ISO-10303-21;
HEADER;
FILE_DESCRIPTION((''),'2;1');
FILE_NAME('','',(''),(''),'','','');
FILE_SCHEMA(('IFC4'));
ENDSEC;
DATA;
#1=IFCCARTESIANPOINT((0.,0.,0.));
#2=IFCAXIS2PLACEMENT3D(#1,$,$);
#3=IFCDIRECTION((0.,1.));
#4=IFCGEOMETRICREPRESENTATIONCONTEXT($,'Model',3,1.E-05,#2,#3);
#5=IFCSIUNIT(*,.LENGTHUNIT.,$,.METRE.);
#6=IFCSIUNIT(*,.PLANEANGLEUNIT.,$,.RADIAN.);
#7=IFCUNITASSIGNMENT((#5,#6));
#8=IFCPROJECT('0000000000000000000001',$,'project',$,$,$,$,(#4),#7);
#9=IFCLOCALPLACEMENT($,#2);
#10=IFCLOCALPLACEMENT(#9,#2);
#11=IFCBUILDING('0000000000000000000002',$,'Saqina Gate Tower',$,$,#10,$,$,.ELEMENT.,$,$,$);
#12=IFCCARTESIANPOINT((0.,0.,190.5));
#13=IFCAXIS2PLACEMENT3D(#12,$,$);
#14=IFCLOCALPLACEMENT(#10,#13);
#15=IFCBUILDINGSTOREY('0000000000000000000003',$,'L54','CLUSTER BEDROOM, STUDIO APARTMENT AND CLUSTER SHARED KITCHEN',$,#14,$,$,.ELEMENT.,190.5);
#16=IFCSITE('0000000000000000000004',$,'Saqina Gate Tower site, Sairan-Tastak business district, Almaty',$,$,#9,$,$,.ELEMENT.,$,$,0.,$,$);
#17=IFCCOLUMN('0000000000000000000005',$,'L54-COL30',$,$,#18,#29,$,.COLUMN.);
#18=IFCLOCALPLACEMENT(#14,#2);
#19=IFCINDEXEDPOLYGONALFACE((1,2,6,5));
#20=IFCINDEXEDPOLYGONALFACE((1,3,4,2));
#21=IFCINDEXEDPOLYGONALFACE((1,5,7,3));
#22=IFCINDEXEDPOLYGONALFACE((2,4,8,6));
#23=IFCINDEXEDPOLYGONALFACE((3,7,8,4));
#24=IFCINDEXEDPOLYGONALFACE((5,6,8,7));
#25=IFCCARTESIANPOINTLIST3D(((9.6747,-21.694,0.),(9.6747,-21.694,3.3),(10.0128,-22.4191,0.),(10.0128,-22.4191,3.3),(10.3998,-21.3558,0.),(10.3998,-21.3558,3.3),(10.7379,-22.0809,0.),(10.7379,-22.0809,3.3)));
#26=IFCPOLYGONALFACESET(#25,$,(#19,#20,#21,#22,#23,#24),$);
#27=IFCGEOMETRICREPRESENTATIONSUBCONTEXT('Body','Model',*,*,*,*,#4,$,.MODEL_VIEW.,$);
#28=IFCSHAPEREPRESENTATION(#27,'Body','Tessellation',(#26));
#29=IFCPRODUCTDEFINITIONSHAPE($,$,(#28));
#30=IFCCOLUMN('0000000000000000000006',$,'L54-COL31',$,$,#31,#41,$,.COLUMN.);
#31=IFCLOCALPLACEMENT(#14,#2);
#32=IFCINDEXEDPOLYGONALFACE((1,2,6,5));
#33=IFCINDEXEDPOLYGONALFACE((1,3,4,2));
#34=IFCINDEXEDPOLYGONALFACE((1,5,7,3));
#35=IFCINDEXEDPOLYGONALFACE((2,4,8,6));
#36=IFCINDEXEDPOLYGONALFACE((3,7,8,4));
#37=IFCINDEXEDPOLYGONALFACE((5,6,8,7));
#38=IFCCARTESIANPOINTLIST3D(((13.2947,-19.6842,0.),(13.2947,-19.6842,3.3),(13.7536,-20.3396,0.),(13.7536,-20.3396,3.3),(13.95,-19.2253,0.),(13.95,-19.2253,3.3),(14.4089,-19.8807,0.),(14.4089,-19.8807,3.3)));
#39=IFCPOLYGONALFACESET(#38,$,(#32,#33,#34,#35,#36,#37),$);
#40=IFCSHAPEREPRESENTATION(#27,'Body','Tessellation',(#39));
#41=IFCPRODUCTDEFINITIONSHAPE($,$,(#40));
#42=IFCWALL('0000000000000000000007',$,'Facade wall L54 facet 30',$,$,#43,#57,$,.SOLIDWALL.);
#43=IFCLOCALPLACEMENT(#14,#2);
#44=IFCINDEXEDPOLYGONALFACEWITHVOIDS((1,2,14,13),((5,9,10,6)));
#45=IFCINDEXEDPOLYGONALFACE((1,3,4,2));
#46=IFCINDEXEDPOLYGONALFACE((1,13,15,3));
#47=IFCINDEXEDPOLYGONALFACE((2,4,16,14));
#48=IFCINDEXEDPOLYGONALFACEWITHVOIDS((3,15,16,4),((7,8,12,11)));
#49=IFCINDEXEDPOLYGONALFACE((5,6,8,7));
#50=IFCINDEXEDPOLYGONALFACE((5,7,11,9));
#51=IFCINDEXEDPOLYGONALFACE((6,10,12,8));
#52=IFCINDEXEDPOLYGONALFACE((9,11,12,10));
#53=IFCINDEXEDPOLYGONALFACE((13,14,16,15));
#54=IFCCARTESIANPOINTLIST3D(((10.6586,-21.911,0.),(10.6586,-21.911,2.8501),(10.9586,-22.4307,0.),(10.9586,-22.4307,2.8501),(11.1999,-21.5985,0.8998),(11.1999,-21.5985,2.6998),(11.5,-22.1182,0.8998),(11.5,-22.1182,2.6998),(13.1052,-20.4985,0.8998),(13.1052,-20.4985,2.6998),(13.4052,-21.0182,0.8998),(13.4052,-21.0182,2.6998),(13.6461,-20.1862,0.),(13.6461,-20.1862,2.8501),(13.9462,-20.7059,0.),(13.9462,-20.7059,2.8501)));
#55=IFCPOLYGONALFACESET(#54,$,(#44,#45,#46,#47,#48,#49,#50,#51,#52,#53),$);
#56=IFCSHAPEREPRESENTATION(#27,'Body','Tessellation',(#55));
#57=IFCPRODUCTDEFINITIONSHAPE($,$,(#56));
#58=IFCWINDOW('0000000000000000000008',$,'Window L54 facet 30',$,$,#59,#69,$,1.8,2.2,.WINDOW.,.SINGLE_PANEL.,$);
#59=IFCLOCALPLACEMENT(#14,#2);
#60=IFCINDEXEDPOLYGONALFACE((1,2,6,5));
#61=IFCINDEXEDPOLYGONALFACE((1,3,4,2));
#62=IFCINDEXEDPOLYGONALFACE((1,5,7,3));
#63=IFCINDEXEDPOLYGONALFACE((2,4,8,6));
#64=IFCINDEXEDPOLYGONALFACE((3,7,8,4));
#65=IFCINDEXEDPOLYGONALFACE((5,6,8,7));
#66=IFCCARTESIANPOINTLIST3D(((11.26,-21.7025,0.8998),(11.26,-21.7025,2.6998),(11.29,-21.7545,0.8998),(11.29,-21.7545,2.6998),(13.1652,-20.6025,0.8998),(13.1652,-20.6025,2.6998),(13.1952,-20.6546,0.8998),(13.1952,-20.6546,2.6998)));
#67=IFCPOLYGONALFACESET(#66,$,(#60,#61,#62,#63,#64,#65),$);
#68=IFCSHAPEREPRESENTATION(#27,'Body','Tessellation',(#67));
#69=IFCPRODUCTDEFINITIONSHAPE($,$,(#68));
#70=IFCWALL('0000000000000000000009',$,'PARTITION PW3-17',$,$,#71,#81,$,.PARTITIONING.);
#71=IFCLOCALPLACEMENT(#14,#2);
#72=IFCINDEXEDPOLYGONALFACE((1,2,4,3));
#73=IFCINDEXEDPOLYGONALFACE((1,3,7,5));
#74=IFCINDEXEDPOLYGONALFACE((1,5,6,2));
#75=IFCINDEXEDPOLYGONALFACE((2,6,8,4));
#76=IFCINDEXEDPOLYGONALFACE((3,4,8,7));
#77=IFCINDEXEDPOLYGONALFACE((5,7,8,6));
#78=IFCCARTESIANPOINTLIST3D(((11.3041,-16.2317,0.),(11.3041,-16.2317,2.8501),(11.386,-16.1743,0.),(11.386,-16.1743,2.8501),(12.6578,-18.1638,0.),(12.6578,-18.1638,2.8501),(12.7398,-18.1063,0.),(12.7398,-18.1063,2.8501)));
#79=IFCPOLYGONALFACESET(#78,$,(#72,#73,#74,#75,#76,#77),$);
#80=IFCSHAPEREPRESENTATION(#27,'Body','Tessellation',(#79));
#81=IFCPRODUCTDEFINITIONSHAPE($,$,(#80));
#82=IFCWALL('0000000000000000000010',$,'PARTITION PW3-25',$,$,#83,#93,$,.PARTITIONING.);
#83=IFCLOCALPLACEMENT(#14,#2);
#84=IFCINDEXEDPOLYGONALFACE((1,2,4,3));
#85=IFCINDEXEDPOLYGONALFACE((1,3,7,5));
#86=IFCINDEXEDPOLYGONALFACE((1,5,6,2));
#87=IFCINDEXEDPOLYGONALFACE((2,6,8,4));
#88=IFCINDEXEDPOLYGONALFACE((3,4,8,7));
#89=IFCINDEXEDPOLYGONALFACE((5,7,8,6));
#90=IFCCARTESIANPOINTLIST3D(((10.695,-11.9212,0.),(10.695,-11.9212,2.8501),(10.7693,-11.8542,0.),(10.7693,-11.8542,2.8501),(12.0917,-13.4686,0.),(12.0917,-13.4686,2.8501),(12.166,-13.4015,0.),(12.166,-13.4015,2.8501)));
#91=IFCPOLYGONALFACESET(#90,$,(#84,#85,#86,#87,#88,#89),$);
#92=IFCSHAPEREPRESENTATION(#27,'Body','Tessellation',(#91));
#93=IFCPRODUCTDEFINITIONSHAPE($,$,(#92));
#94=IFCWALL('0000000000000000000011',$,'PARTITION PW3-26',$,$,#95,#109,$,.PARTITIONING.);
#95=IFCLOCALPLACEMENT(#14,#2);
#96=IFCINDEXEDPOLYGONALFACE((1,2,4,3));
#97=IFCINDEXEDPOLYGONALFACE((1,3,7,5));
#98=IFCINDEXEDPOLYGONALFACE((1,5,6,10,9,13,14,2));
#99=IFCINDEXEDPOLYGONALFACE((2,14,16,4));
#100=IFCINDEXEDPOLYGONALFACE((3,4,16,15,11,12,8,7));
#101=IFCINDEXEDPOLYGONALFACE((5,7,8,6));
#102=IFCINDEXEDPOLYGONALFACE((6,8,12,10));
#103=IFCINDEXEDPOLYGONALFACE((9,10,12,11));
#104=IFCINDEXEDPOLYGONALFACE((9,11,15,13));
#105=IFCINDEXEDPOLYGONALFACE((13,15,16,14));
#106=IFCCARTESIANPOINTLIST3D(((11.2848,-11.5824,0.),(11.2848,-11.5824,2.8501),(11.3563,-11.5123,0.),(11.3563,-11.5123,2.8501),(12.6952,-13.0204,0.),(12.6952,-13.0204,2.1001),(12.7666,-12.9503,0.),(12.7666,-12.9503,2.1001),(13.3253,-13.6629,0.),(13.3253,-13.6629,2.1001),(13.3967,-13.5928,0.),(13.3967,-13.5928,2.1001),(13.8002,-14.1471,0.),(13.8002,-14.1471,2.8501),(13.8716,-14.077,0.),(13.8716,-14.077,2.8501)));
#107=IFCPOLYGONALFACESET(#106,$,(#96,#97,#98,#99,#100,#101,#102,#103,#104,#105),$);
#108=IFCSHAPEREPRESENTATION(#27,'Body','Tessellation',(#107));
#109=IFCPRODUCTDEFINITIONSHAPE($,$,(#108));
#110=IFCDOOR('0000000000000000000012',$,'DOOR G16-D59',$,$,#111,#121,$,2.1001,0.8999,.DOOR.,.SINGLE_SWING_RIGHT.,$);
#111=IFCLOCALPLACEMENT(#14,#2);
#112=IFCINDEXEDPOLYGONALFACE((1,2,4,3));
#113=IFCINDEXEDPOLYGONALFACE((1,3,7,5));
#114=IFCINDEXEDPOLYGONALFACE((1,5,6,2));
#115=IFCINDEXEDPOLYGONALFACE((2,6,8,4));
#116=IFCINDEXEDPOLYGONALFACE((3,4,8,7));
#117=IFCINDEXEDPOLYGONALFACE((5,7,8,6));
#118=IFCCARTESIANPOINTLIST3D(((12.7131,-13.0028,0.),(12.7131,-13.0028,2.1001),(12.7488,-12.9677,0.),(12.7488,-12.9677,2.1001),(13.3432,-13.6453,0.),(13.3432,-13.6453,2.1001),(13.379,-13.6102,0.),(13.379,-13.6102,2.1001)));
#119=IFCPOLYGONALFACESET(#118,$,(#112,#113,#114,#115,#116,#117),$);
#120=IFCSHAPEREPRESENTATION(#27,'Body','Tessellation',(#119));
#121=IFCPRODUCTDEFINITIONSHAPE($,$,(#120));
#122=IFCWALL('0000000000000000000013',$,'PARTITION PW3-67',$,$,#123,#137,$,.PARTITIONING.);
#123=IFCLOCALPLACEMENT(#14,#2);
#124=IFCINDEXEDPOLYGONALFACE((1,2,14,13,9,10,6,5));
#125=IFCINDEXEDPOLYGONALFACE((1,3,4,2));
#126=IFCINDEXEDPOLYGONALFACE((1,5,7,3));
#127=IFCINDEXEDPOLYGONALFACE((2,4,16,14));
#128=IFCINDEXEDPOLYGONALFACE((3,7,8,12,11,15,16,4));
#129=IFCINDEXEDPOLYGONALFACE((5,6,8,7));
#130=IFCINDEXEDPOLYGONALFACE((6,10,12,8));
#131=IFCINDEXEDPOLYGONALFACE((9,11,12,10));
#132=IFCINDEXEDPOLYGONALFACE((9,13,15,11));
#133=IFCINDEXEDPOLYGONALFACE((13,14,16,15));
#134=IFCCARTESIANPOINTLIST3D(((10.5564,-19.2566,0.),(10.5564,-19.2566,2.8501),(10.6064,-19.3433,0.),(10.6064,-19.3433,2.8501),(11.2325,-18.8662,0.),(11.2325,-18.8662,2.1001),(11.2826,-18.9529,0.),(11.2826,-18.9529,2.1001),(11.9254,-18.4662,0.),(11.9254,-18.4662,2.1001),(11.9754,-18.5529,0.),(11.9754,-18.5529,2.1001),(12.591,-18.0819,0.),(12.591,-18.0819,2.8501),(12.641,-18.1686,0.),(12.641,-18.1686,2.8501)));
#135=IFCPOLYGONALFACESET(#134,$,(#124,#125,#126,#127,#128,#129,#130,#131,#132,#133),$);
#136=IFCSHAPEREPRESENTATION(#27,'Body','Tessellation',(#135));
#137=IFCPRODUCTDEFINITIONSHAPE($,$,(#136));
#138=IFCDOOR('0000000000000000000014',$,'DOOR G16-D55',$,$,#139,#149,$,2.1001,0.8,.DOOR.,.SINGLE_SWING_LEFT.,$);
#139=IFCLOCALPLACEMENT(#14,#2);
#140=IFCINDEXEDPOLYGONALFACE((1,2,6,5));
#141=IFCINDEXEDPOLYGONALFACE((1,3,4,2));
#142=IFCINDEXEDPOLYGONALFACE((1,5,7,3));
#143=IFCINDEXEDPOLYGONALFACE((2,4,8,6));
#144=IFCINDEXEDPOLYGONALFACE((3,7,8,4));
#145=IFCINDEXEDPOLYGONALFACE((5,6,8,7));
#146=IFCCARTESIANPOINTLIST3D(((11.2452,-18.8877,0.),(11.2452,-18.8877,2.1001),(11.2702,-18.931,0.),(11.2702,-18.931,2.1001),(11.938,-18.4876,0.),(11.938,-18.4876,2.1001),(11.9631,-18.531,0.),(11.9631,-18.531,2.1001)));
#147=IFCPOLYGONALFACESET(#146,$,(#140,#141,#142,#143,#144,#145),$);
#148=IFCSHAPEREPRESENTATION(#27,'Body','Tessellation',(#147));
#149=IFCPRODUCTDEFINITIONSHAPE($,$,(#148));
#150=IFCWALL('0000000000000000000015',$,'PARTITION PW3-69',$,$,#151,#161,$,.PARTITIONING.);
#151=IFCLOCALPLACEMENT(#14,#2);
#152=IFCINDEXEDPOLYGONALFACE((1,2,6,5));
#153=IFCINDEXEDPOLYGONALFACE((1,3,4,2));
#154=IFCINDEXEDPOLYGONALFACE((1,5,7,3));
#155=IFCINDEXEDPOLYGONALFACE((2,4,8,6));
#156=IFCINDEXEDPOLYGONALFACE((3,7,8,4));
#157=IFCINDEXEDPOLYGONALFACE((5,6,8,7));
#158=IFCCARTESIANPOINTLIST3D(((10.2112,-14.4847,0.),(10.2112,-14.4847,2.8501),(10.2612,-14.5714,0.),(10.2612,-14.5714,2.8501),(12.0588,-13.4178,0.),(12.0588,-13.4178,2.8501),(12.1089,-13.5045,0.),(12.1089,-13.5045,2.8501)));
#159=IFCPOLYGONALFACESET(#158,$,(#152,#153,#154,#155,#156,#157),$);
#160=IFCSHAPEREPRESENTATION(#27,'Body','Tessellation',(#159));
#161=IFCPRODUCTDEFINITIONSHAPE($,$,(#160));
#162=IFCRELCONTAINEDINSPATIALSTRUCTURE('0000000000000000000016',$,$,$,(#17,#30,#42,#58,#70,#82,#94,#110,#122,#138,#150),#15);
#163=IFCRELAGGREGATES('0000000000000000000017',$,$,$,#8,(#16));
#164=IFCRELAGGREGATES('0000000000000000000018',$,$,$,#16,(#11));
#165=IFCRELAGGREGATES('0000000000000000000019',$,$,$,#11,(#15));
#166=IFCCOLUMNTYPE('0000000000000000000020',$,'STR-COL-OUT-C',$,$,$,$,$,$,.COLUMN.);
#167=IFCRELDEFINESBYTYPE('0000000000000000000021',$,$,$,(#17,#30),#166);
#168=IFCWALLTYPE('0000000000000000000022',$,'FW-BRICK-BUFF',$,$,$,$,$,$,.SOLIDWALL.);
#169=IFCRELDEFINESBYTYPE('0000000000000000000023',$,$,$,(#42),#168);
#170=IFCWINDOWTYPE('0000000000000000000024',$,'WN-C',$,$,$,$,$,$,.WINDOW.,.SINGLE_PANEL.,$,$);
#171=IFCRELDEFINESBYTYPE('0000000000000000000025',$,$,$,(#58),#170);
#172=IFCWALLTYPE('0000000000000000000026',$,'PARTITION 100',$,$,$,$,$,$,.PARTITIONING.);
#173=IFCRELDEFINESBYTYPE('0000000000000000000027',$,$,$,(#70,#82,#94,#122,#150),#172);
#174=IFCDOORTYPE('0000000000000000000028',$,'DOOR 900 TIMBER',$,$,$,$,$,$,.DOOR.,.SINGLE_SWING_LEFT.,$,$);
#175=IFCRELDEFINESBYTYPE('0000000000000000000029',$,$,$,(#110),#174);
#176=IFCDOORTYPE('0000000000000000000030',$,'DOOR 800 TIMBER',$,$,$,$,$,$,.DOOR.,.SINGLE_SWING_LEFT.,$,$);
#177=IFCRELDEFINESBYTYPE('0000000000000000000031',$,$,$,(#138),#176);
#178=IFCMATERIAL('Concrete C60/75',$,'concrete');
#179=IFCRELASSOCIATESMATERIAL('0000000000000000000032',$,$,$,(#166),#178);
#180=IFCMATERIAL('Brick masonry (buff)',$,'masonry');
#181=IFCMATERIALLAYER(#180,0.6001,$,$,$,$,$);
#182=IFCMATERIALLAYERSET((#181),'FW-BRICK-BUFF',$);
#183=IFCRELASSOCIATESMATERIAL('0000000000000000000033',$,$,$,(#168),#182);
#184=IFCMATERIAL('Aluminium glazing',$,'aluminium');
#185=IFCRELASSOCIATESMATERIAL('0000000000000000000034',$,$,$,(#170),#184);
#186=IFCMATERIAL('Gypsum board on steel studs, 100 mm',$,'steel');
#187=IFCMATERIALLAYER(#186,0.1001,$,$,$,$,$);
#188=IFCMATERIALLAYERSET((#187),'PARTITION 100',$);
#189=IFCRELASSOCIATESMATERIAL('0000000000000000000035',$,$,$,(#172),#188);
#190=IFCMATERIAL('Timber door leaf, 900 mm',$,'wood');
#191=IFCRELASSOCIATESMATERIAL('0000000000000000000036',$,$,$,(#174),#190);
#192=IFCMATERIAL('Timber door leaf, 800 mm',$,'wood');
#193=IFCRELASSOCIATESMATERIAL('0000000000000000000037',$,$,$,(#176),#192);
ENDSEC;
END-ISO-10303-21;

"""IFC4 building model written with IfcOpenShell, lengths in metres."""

from ifc_helpers import new_model, si_unit, direction, frame, frame_2d, origin, origin_2d, place, context, subcontext, project, spatial, rectangle, extrude, material, layer, layer_set, material_profile, profile_set, type_object, element, fill, save


model = new_model("IFC4")

# Units and contexts
model_context = context("Model", 3, precision=1e-05, world=origin(), true_north=direction((0.0, 1.0)))
body_context = subcontext(model_context, "Body", "Model", "MODEL_VIEW")
ifc_project = project(units=[si_unit("LENGTHUNIT", "METRE"), si_unit("PLANEANGLEUNIT", "RADIAN")], contexts=[model_context])

# Site, building, storey
site_placement = place(None, origin())
site = spatial("IfcSite", under=ifc_project, at=site_placement, Name="Saqina Gate Tower site, Sairan-Tastak business district, Almaty", CompositionType="ELEMENT", RefElevation=0.0)
building_placement = place(site_placement, origin())
building = spatial("IfcBuilding", under=site, at=building_placement, Name="Saqina Gate Tower", CompositionType="ELEMENT")
storey_placement = place(building_placement, frame((0.0, 0.0, 190.5)))
storey = spatial("IfcBuildingStorey", under=building, at=storey_placement, Name="L54", Description="CLUSTER BEDROOM, STUDIO APARTMENT AND CLUSTER SHARED KITCHEN", CompositionType="ELEMENT", Elevation=190.5)

# Columns
ifc_material_1 = material(Name="Concrete C60/75", Category="concrete")
ifc_material_profile = material_profile(ifc_material_1, rectangle(XDim=0.8, YDim=0.8, at=origin_2d()), Name="RC 800x800")
ifc_profile_set = profile_set([ifc_material_profile], Name="Concrete C60/75")
column_type = type_object("IfcColumnType", Name="STR-COL-OUT-C", PredefinedType="COLUMN", material=ifc_profile_set)
for number, where, z_axis, x_axis, name in (
    (1, (10.2063, -21.8875, 0.0), (0.0, 0.0, 1.0), (0.422618, -0.906308, 0.0), "L54-COL30"),
    (2, (13.8518, -19.7825, 0.0), (0.0, 0.0, 1.0), (0.573576, -0.819152, 0.0), "L54-COL31"),
):
    element("IfcColumn", number, at=place(storey_placement, frame(where, z_axis=z_axis, x_axis=x_axis)), inside=storey, type_object=column_type, Name=name, PredefinedType="COLUMN", context=body_context, shape_type="SweptSolid", body=[
        extrude(rectangle(XDim=0.8, YDim=0.8, at=origin_2d()), origin(), (0.0, 0.0, 1.0), 3.3),
    ])

# Wall, opening, window
ifc_material_2 = material(Name="Brick masonry (buff)", Category="masonry")
ifc_layer_1 = layer(ifc_material_2, 0.6001)
ifc_layer_set_1 = layer_set([ifc_layer_1], Name="FW-BRICK-BUFF")
wall_type_1 = type_object("IfcWallType", Name="FW-BRICK-BUFF", PredefinedType="SOLIDWALL", material=ifc_layer_set_1)
wall_1_placement = place(storey_placement, frame((10.8086, -22.1709, 0.0), z_axis=(0.0, 0.0, 1.0), x_axis=(0.866026, 0.499998, 0.0)))
wall_1 = element("IfcWall", 3, at=wall_1_placement, inside=storey, type_object=wall_type_1, Name="Facade wall L54 facet 30", PredefinedType="SOLIDWALL", context=body_context, shape_type="SweptSolid", body=[
    extrude(rectangle(XDim=3.4497, YDim=0.6001, at=frame_2d((1.7249, 0.0))), origin(), (0.0, 0.0, 1.0), 2.8501),
])
opening_1_placement = place(wall_1_placement, frame((0.625, 0.0, 0.8999)))
opening_1 = element("IfcOpeningElement", 4, at=opening_1_placement, cuts=wall_1, PredefinedType="OPENING", context=body_context, shape_type="SweptSolid", body=[
    extrude(rectangle(XDim=2.2, YDim=1.8, at=frame_2d((1.1001, 0.8999))), frame((0.0, 0.312, 0.0), z_axis=(0.0, -1.0, 0.0), x_axis=(1.0, 0.0, 0.0)), (0.0, 0.0, 1.0), 0.624),
])
ifc_material_3 = material(Name="Aluminium glazing", Category="aluminium")
window_type = type_object("IfcWindowType", Name="WN-C", PartitioningType="SINGLE_PANEL", PredefinedType="WINDOW", material=ifc_material_3)
window_placement = place(opening_1_placement, origin())
window = element("IfcWindow", 5, at=window_placement, inside=storey, type_object=window_type, Name="Window L54 facet 30", OverallHeight=1.8, OverallWidth=2.2, PartitioningType="SINGLE_PANEL", PredefinedType="WINDOW", context=body_context, shape_type="SweptSolid", body=[
    extrude(rectangle(XDim=2.2, YDim=1.8, at=frame_2d((1.1001, 0.8999))), frame((0.0, 0.1799, 0.0), z_axis=(0.0, -1.0, 0.0), x_axis=(1.0, 0.0, 0.0)), (0.0, 0.0, 1.0), 0.0601),
])
fill(opening_1, window)

# Walls
ifc_material_4 = material(Name="Gypsum board on steel studs, 100 mm", Category="steel")
ifc_layer_2 = layer(ifc_material_4, 0.1001)
ifc_layer_set_2 = layer_set([ifc_layer_2], Name="PARTITION 100")
wall_type_2 = type_object("IfcWallType", Name="PARTITION 100", PredefinedType="PARTITIONING", material=ifc_layer_set_2)
wall_2_placement = place(storey_placement, frame((11.345, -16.2029, 0.0), z_axis=(0.0, 0.0, 1.0), x_axis=(0.573823, -0.818979, 0.0)))
element("IfcWall", 6, at=wall_2_placement, inside=storey, type_object=wall_type_2, Name="PARTITION PW3-17", PredefinedType="PARTITIONING", context=body_context, shape_type="SweptSolid", body=[
    extrude(rectangle(XDim=2.3591, YDim=0.1001, at=frame_2d((1.1797, 0.0))), origin(), (0.0, 0.0, 1.0), 2.8501),
])
wall_3_placement = place(storey_placement, frame((10.7322, -11.8877, 0.0), z_axis=(0.0, 0.0, 1.0), x_axis=(0.670051, -0.742315, 0.0)))
element("IfcWall", 7, at=wall_3_placement, inside=storey, type_object=wall_type_2, Name="PARTITION PW3-25", PredefinedType="PARTITIONING", context=body_context, shape_type="SweptSolid", body=[
    extrude(rectangle(XDim=2.0845, YDim=0.1001, at=frame_2d((1.0422, 0.0))), origin(), (0.0, 0.0, 1.0), 2.8501),
])

# Walls, openings, doors
wall_4_placement = place(storey_placement, frame((11.3206, -11.5474, 0.0), z_axis=(0.0, 0.0, 1.0), x_axis=(0.700209, -0.713938, 0.0)))
wall_4 = element("IfcWall", 8, at=wall_4_placement, inside=storey, type_object=wall_type_2, Name="PARTITION PW3-26", PredefinedType="PARTITIONING", context=body_context, shape_type="SweptSolid", body=[
    extrude(rectangle(XDim=3.5923, YDim=0.1001, at=frame_2d((1.7961, 0.0))), origin(), (0.0, 0.0, 1.0), 2.8501),
])
opening_2_placement = place(wall_4_placement, frame((2.0142, 0.0, 0.0)))
opening_2 = element("IfcOpeningElement", 9, at=opening_2_placement, cuts=wall_4, PredefinedType="OPENING", context=body_context, shape_type="SweptSolid", body=[
    extrude(rectangle(XDim=0.8999, YDim=2.1001, at=frame_2d((0.45, 1.05))), frame((0.0, 0.062, 0.0), z_axis=(0.0, -1.0, 0.0), x_axis=(1.0, 0.0, 0.0)), (0.0, 0.0, 1.0), 0.124),
])
ifc_material_5 = material(Name="Timber door leaf, 900 mm", Category="wood")
door_type_1 = type_object("IfcDoorType", Name="DOOR 900 TIMBER", OperationType="SINGLE_SWING_LEFT", PredefinedType="DOOR", material=ifc_material_5)
door_1_placement = place(opening_2_placement, frame((0.8999, 0.0, 0.0), z_axis=(0.0, 0.0, 1.0), x_axis=(-1.0, 0.0, 0.0)))
door_1 = element("IfcDoor", 10, at=door_1_placement, inside=storey, type_object=door_type_1, Name="DOOR G16-D59", OperationType="SINGLE_SWING_RIGHT", OverallHeight=2.1001, OverallWidth=0.8999, PredefinedType="DOOR", context=body_context, shape_type="SweptSolid", body=[
    extrude(rectangle(XDim=0.8999, YDim=2.1001, at=frame_2d((0.45, 1.05))), frame((0.0, 0.0249, 0.0), z_axis=(0.0, -1.0, 0.0), x_axis=(1.0, 0.0, 0.0)), (0.0, 0.0, 1.0), 0.05),
])
fill(opening_2, door_1)
wall_5_placement = place(storey_placement, frame((10.5813, -19.3, 0.0), z_axis=(0.0, 0.0, 1.0), x_axis=(0.866009, 0.500028, 0.0)))
wall_5 = element("IfcWall", 11, at=wall_5_placement, inside=storey, type_object=wall_type_2, Name="PARTITION PW3-67", PredefinedType="PARTITIONING", context=body_context, shape_type="SweptSolid", body=[
    extrude(rectangle(XDim=2.3494, YDim=0.1001, at=frame_2d((1.1748, 0.0))), origin(), (0.0, 0.0, 1.0), 2.8501),
])
opening_3_placement = place(wall_5_placement, frame((0.781, 0.0, 0.0)))
opening_3 = element("IfcOpeningElement", 12, at=opening_3_placement, cuts=wall_5, PredefinedType="OPENING", context=body_context, shape_type="SweptSolid", body=[
    extrude(rectangle(XDim=0.8, YDim=2.1001, at=frame_2d((0.3999, 1.05))), frame((0.0, 0.062, 0.0), z_axis=(0.0, -1.0, 0.0), x_axis=(1.0, 0.0, 0.0)), (0.0, 0.0, 1.0), 0.124),
])
ifc_material_6 = material(Name="Timber door leaf, 800 mm", Category="wood")
door_type_2 = type_object("IfcDoorType", Name="DOOR 800 TIMBER", OperationType="SINGLE_SWING_LEFT", PredefinedType="DOOR", material=ifc_material_6)
door_2_placement = place(opening_3_placement, frame((0.8, 0.0, 0.0), z_axis=(0.0, 0.0, 1.0), x_axis=(-1.0, 0.0, 0.0)))
door_2 = element("IfcDoor", 13, at=door_2_placement, inside=storey, type_object=door_type_2, Name="DOOR G16-D55", OperationType="SINGLE_SWING_LEFT", OverallHeight=2.1001, OverallWidth=0.8, PredefinedType="DOOR", context=body_context, shape_type="SweptSolid", body=[
    extrude(rectangle(XDim=0.8, YDim=2.1001, at=frame_2d((0.3999, 1.05))), frame((0.0, 0.0249, 0.0), z_axis=(0.0, -1.0, 0.0), x_axis=(1.0, 0.0, 0.0)), (0.0, 0.0, 1.0), 0.05),
])
fill(opening_3, door_2)

# Wall
wall_6_placement = place(storey_placement, frame((10.2361, -14.5281, 0.0), z_axis=(0.0, 0.0, 1.0), x_axis=(0.865995, 0.500053, 0.0)))
element("IfcWall", 14, at=wall_6_placement, inside=storey, type_object=wall_type_2, Name="PARTITION PW3-69", PredefinedType="PARTITIONING", context=body_context, shape_type="SweptSolid", body=[
    extrude(rectangle(XDim=2.1335, YDim=0.1001, at=frame_2d((1.0669, 0.0))), origin(), (0.0, 0.0, 1.0), 2.8501),
])

save(model, "model.ifc")
